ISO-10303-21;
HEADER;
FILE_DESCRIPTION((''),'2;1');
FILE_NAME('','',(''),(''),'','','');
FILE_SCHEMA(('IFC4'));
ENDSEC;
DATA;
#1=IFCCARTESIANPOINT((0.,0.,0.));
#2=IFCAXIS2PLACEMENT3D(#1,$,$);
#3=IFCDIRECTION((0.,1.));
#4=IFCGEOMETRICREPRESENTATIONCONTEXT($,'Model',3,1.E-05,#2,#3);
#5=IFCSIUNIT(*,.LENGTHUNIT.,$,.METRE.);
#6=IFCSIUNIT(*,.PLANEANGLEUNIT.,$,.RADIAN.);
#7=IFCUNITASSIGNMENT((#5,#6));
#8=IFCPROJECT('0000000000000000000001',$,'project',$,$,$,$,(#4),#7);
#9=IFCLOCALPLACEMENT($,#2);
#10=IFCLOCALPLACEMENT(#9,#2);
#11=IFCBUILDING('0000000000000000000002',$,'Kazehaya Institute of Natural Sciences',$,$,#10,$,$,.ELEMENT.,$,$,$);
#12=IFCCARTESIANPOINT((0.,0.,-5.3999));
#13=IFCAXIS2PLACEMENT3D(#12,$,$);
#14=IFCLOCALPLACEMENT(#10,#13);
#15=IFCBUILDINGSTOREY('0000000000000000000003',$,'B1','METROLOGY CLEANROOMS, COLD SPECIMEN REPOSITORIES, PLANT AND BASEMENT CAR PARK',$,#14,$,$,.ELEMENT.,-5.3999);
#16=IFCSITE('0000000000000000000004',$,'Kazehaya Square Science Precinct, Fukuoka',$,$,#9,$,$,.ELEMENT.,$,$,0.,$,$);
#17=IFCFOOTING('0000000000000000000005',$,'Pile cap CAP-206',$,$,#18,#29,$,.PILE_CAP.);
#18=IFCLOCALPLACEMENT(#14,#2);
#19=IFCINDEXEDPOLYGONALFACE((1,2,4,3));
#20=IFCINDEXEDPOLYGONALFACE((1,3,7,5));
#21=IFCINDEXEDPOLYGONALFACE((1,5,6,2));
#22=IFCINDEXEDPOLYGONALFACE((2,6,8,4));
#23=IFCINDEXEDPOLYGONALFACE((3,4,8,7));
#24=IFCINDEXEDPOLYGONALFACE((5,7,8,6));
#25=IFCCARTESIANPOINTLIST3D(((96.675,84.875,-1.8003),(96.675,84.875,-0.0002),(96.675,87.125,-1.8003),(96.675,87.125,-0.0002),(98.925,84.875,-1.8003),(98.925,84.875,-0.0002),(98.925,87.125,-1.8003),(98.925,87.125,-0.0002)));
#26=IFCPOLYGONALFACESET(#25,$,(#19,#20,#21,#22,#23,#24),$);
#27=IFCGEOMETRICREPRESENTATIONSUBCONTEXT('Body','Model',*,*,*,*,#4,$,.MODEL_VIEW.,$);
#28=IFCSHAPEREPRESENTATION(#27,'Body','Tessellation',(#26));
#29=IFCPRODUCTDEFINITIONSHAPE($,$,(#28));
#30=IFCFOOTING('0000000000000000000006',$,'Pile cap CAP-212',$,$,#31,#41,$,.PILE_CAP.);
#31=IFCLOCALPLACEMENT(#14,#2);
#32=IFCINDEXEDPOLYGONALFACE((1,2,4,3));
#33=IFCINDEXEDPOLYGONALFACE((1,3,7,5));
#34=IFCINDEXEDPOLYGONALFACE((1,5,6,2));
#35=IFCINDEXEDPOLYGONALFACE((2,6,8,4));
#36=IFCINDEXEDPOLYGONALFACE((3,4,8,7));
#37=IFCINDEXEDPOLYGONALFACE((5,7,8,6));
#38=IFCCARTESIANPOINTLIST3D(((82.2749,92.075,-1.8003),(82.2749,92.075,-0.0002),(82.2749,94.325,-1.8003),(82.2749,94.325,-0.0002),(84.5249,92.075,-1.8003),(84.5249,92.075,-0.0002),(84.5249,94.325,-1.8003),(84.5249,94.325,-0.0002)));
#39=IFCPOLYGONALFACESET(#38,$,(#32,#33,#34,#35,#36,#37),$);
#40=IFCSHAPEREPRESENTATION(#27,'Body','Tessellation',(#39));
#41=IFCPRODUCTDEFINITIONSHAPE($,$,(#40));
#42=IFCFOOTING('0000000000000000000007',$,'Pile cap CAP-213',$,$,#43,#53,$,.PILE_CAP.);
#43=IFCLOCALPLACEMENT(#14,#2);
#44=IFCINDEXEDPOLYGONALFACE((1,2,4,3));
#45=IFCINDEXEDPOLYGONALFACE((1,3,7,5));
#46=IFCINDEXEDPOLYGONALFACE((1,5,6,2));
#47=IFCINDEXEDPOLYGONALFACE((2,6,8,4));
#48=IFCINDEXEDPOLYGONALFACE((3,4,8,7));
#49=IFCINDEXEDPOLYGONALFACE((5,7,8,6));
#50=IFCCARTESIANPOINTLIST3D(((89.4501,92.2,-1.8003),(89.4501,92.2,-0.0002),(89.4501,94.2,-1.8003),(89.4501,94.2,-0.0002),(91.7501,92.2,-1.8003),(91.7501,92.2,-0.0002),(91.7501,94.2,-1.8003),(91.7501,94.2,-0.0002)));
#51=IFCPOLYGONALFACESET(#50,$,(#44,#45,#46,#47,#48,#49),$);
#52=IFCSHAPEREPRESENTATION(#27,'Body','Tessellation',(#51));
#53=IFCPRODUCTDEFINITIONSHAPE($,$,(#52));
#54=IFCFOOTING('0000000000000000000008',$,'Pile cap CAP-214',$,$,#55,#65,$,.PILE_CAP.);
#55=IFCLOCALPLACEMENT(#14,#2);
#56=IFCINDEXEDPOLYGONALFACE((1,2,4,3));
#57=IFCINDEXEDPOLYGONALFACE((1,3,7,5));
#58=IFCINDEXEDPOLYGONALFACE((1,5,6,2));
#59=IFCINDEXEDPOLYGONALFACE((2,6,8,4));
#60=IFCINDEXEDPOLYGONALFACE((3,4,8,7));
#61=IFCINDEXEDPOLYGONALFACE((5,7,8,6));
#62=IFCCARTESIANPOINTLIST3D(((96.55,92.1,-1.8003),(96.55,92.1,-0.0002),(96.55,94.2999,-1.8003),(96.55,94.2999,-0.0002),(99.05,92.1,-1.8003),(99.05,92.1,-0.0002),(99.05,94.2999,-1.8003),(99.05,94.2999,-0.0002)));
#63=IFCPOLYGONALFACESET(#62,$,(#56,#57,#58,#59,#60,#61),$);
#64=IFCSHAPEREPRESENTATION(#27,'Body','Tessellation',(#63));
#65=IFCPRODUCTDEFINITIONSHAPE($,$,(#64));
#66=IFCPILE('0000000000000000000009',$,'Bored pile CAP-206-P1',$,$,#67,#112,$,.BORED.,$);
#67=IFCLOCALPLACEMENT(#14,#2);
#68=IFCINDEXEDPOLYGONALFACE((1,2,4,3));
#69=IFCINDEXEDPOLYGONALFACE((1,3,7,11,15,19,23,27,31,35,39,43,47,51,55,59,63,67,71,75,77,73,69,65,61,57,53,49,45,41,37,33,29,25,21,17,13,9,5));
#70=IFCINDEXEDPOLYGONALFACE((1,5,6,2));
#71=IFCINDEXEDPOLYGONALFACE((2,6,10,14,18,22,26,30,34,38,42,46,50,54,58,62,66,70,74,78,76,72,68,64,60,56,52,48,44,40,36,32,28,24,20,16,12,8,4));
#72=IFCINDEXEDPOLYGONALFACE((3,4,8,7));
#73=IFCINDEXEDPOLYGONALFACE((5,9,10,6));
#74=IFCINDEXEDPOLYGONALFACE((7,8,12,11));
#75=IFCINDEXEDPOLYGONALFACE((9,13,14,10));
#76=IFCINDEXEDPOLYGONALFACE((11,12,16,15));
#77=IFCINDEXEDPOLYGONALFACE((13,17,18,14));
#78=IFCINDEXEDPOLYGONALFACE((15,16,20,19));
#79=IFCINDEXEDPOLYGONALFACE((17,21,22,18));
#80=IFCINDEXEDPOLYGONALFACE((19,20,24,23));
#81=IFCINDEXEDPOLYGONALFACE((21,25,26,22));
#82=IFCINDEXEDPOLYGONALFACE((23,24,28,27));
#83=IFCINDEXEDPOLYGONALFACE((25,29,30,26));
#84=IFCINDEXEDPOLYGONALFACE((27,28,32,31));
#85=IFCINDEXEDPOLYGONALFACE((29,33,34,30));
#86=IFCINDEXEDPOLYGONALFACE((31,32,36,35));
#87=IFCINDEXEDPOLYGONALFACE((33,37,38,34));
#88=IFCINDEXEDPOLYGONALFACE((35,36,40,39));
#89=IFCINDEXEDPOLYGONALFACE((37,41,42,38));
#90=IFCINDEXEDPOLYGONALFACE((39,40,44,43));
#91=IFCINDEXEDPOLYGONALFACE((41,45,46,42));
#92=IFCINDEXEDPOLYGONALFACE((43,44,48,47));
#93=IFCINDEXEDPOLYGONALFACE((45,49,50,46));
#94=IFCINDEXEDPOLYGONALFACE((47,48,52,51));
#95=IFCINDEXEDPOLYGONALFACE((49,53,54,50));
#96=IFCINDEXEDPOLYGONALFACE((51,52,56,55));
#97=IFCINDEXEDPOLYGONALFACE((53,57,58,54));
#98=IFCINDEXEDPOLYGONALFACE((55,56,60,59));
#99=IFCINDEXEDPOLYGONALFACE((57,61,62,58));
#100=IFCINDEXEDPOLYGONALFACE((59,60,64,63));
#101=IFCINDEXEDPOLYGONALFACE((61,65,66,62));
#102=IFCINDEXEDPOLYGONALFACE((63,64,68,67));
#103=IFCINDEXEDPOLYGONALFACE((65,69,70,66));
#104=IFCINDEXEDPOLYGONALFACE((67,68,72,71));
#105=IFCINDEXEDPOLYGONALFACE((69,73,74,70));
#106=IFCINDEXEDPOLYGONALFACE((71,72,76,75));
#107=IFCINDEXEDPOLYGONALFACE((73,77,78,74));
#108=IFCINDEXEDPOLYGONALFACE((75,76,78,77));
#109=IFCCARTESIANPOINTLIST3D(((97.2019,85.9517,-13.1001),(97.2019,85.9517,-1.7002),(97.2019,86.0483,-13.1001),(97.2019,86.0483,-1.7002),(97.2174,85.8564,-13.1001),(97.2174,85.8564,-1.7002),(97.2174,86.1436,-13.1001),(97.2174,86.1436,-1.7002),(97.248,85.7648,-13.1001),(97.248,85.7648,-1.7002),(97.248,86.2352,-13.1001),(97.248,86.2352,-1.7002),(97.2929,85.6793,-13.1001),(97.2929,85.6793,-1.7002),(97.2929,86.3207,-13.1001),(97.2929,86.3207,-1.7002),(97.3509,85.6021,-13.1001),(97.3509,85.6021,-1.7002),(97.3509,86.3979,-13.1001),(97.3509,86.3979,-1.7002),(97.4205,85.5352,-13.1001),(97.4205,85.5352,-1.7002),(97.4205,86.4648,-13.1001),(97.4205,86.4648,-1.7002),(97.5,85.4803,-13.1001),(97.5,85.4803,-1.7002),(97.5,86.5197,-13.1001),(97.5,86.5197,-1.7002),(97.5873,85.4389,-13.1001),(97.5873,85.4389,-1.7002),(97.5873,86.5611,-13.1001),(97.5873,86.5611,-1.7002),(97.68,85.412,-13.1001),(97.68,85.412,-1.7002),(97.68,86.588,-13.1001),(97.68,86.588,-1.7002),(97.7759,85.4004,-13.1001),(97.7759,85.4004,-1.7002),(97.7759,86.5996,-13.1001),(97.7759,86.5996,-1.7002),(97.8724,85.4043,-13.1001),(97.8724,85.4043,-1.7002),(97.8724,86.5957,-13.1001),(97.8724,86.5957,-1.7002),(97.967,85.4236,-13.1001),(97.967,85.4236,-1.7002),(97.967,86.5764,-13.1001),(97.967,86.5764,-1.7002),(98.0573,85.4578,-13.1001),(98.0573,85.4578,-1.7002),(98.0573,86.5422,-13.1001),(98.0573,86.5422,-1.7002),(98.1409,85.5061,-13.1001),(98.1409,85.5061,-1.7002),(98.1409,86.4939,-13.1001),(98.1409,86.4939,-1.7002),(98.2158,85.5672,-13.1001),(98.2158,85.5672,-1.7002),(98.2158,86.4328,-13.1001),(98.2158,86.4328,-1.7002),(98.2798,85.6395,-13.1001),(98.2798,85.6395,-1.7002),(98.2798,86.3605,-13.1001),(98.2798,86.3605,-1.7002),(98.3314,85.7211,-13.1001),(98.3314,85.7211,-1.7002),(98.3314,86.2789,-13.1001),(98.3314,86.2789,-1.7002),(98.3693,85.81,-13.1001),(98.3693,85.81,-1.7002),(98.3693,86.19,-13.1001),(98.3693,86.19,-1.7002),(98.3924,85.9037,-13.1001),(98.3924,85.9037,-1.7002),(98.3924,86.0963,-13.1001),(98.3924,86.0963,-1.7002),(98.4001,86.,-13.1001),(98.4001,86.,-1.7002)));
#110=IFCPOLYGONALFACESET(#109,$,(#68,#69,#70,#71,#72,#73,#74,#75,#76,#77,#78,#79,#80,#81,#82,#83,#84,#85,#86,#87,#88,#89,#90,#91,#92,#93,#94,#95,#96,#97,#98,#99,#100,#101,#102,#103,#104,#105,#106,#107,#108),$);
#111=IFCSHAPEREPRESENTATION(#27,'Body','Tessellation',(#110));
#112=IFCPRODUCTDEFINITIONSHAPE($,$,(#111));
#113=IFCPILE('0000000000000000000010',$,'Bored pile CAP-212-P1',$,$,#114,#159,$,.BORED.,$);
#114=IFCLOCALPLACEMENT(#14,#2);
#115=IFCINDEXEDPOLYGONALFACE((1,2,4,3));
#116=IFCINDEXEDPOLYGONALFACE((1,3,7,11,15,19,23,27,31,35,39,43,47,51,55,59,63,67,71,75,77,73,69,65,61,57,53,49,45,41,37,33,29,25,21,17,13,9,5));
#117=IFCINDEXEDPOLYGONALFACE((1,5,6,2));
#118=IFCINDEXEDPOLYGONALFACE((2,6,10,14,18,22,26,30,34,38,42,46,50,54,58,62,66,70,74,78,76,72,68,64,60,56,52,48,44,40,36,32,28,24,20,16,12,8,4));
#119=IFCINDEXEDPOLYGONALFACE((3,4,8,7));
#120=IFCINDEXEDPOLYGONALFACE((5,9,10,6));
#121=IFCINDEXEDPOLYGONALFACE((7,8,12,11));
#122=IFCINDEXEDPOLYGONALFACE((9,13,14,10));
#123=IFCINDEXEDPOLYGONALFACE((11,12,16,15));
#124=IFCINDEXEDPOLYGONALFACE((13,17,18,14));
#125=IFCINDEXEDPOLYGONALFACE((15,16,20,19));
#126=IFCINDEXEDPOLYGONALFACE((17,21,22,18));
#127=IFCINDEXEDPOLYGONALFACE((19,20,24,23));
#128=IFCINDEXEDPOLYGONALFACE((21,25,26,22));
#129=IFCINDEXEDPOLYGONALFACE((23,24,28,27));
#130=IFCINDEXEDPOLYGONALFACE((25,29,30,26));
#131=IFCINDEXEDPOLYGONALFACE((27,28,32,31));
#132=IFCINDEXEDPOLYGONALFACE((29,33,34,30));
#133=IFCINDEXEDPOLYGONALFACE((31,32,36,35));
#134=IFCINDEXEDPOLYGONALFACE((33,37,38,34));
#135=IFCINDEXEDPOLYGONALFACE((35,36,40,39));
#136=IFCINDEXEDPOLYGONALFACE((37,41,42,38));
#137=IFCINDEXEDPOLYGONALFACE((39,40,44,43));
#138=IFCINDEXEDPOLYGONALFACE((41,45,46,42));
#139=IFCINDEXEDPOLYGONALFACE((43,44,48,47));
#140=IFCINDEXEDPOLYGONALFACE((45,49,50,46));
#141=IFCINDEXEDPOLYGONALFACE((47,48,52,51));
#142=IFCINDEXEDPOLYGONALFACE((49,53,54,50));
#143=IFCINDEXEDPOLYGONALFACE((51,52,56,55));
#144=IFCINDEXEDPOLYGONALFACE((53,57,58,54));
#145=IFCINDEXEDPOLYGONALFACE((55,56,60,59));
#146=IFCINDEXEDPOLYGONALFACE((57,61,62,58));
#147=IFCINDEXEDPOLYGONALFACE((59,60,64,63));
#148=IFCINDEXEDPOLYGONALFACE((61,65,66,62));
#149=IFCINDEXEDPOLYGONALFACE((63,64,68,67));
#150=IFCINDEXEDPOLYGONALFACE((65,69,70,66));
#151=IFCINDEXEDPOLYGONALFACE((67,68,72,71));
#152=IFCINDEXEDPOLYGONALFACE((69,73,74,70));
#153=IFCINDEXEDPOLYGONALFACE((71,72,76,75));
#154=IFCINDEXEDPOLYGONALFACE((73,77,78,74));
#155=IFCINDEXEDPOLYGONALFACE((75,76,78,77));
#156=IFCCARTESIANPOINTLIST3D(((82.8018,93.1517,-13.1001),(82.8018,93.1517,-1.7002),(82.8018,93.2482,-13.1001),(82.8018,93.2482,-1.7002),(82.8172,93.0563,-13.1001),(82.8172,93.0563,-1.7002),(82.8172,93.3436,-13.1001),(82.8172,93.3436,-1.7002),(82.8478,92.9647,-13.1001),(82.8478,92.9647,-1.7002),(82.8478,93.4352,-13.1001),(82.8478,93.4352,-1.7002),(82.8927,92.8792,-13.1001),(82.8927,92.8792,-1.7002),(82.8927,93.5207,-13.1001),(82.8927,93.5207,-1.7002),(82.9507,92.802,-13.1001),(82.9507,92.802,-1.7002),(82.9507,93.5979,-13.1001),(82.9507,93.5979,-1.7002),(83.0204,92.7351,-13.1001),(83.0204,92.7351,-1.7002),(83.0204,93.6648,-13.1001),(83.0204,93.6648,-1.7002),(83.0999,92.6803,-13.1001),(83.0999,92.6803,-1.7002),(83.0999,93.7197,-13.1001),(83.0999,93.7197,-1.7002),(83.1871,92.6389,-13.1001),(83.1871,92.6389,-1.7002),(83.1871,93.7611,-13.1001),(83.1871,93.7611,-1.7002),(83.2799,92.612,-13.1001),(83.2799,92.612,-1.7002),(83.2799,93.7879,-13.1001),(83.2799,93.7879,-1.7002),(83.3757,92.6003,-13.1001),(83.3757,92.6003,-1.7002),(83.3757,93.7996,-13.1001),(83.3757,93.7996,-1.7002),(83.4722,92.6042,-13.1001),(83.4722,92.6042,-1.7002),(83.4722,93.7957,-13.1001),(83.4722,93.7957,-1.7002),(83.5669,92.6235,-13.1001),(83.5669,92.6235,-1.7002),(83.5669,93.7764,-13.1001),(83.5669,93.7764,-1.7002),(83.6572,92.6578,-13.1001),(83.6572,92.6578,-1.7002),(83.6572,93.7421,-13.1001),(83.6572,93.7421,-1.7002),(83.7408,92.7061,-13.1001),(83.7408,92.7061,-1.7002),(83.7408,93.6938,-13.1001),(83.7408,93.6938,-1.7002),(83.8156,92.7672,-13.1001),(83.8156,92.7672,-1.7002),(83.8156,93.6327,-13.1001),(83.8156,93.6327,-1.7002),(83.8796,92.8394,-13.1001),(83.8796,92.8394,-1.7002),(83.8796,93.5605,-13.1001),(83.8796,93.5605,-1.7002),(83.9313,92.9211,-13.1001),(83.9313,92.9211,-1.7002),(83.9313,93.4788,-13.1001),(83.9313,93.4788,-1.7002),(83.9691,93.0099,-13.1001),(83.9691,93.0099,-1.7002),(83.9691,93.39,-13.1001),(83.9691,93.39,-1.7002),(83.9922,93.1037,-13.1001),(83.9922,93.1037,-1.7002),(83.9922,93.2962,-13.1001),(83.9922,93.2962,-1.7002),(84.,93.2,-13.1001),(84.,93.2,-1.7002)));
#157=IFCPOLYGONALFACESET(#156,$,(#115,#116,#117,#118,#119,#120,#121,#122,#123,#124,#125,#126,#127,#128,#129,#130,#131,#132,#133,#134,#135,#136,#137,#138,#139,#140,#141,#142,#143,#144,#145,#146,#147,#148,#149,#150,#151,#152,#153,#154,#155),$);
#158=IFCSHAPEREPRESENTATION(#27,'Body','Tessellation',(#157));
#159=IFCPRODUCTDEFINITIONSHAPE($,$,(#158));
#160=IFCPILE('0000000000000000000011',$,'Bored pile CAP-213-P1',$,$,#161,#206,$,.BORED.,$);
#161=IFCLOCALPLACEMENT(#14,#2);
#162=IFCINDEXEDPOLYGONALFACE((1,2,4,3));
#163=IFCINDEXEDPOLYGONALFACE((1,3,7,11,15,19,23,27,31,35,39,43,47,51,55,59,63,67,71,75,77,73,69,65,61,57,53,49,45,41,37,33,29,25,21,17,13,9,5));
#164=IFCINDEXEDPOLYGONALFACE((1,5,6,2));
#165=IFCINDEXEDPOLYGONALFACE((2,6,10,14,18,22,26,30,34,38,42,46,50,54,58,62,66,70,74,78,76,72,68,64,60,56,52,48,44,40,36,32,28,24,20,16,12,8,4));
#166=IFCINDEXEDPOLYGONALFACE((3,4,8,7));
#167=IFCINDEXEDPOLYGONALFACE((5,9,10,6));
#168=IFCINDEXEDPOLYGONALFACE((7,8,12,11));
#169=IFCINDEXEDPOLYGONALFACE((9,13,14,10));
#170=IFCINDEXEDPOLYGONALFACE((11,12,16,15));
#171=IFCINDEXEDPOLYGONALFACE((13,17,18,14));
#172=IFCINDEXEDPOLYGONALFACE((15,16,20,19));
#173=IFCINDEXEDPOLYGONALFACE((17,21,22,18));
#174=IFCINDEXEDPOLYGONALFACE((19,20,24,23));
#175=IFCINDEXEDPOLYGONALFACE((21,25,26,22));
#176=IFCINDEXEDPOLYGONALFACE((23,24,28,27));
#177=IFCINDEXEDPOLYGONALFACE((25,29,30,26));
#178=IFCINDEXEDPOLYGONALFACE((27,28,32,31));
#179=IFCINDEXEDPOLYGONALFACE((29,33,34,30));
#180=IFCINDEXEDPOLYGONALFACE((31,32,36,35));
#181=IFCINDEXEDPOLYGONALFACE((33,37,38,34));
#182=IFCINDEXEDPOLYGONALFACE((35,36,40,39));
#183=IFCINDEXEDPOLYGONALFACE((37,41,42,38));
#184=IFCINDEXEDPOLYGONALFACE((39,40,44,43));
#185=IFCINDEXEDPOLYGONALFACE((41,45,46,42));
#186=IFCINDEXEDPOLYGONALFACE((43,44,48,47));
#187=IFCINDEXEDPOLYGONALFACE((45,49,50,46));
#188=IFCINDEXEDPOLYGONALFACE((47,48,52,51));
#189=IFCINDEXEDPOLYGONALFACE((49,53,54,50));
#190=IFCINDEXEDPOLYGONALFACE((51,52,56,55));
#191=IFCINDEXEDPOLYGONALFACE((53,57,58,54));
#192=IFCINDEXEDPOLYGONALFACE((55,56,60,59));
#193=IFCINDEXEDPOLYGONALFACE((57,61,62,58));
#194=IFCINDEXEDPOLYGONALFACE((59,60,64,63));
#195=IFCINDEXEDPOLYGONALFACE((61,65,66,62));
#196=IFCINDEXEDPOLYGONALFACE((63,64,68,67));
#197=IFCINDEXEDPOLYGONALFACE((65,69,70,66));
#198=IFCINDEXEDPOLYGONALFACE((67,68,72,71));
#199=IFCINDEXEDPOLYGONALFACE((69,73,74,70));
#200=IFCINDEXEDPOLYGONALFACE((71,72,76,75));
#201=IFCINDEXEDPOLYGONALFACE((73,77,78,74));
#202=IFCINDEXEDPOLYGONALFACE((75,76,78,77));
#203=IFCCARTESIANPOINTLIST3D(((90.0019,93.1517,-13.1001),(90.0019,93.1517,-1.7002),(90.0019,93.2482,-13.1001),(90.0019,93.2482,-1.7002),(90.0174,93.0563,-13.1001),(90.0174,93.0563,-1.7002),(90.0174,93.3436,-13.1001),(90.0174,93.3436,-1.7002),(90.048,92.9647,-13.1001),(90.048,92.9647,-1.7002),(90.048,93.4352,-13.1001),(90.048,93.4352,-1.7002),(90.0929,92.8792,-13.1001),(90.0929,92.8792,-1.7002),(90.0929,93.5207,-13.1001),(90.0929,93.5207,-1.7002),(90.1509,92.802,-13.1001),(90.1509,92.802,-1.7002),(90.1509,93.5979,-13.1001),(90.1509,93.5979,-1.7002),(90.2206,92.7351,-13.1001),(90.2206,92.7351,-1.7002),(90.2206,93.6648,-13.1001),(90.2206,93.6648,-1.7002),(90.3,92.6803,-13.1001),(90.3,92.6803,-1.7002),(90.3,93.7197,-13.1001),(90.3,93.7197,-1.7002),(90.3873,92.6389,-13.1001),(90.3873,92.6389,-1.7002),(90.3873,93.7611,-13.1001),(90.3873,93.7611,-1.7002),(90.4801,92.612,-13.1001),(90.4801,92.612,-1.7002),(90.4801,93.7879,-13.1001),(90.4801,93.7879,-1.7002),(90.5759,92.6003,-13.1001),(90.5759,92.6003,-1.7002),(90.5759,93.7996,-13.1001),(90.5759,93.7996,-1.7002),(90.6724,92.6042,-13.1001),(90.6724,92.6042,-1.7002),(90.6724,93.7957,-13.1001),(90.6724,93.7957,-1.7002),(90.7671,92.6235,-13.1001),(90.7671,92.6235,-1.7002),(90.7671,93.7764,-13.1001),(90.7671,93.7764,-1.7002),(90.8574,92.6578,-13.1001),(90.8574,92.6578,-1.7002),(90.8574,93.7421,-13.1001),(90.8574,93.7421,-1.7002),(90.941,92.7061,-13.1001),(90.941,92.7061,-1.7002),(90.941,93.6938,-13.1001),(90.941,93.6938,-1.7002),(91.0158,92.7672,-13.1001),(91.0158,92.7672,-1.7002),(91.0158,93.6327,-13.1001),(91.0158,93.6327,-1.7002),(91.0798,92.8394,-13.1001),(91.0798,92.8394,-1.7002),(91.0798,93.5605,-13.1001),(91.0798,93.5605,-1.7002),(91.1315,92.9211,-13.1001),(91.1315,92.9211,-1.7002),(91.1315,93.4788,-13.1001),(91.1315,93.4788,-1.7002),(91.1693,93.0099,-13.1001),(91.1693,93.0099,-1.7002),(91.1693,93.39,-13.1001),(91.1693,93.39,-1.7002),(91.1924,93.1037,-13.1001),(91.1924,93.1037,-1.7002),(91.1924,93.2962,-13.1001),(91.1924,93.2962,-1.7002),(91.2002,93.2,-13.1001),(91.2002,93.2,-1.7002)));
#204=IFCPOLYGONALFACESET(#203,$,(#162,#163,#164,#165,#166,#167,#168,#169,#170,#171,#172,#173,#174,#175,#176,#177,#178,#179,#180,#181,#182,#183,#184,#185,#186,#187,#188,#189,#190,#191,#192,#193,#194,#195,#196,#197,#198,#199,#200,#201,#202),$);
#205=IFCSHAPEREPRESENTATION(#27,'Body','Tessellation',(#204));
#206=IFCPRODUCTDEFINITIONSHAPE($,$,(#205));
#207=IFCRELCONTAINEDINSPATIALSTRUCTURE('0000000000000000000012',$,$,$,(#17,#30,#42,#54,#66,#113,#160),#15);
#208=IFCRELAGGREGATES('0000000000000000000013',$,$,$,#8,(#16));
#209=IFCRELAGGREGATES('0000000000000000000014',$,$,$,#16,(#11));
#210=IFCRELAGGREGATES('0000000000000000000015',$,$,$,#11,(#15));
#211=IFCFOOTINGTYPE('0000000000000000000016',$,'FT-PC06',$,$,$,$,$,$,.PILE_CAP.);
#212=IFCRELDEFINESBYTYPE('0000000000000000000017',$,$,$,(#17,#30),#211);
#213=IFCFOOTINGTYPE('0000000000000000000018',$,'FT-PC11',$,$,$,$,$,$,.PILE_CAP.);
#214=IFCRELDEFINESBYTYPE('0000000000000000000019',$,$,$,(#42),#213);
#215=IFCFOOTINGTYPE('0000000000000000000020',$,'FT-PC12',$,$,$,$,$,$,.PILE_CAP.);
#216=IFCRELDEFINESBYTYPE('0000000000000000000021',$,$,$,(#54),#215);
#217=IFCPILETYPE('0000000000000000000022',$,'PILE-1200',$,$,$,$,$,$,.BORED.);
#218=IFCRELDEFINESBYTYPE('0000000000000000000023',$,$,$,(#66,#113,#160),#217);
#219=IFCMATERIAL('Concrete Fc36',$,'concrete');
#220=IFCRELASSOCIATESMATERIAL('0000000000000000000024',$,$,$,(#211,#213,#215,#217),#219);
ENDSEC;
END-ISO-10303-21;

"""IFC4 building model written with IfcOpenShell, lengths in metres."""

from ifc_helpers import new_model, si_unit, direction, frame, origin, origin_2d, place, context, subcontext, project, spatial, rectangle, circle, extrude, material, material_profile, profile_set, type_object, element, save


model = new_model("IFC4")

# Units and contexts
model_context = context("Model", 3, precision=1e-05, world=origin(), true_north=direction((0.0, 1.0)))
body_context = subcontext(model_context, "Body", "Model", "MODEL_VIEW")
ifc_project = project(units=[si_unit("LENGTHUNIT", "METRE"), si_unit("PLANEANGLEUNIT", "RADIAN")], contexts=[model_context])

# Site, building, storey
site_placement = place(None, origin())
site = spatial("IfcSite", under=ifc_project, at=site_placement, Name="Kazehaya Square Science Precinct, Fukuoka", CompositionType="ELEMENT", RefElevation=0.0)
building_placement = place(site_placement, origin())
building = spatial("IfcBuilding", under=site, at=building_placement, Name="Kazehaya Institute of Natural Sciences", CompositionType="ELEMENT")
storey_placement = place(building_placement, frame((0.0, 0.0, -5.3999)))
storey = spatial("IfcBuildingStorey", under=building, at=storey_placement, Name="B1", Description="METROLOGY CLEANROOMS, COLD SPECIMEN REPOSITORIES, PLANT AND BASEMENT CAR PARK", CompositionType="ELEMENT", Elevation=-5.3999)

# Footings
ifc_material_1 = material(Name="Concrete Fc36", Category="concrete")
footing_type_1 = type_object("IfcFootingType", Name="FT-PC06", PredefinedType="PILE_CAP", material=ifc_material_1)
for number, where, z_axis, x_axis, name in (
    (1, (97.8, 86.0, -1.8003), (0.0, 0.0, 1.0), (1.0, 0.0, 0.0), "Pile cap CAP-206"),
    (2, (83.3999, 93.2, -1.8003), (0.0, 0.0, 1.0), (1.0, 0.0, 0.0), "Pile cap CAP-212"),
):
    element("IfcFooting", number, at=place(storey_placement, frame(where, z_axis=z_axis, x_axis=x_axis)), inside=storey, type_object=footing_type_1, Name=name, PredefinedType="PILE_CAP", context=body_context, shape_type="SweptSolid", body=[
        extrude(rectangle(XDim=2.25, YDim=2.25, at=origin_2d()), origin(), (0.0, 0.0, 1.0), 1.8),
    ])
footing_type_2 = type_object("IfcFootingType", Name="FT-PC11", PredefinedType="PILE_CAP", material=ifc_material_1)
footing_1_placement = place(storey_placement, frame((90.6001, 93.2, -1.8003), z_axis=(0.0, 0.0, 1.0), x_axis=(1.0, 0.0, 0.0)))
element("IfcFooting", 3, at=footing_1_placement, inside=storey, type_object=footing_type_2, Name="Pile cap CAP-213", PredefinedType="PILE_CAP", context=body_context, shape_type="SweptSolid", body=[
    extrude(rectangle(XDim=2.3, YDim=2.0, at=origin_2d()), origin(), (0.0, 0.0, 1.0), 1.8),
])
footing_type_3 = type_object("IfcFootingType", Name="FT-PC12", PredefinedType="PILE_CAP", material=ifc_material_1)
footing_2_placement = place(storey_placement, frame((97.8, 93.2, -1.8003), z_axis=(0.0, 0.0, 1.0), x_axis=(1.0, 0.0, 0.0)))
element("IfcFooting", 4, at=footing_2_placement, inside=storey, type_object=footing_type_3, Name="Pile cap CAP-214", PredefinedType="PILE_CAP", context=body_context, shape_type="SweptSolid", body=[
    extrude(rectangle(XDim=2.5, YDim=2.2, at=origin_2d()), origin(), (0.0, 0.0, 1.0), 1.8),
])

# Piles
ifc_material_profile_1 = material_profile(ifc_material_1, circle(Radius=0.6001, at=origin_2d()), Name="PILE-1200")
ifc_profile_set_1 = profile_set([ifc_material_profile_1], Name="Concrete Fc36")
pile_type_1 = type_object("IfcPileType", Name="PILE-1200", PredefinedType="BORED", material=ifc_profile_set_1)
for number, where, z_axis, x_axis, name in (
    (5, (97.8, 86.0, -1.7002), (0.0, 0.0, -1.0), (1.0, 0.0, 0.0), "Bored pile CAP-206-P1"),
    (6, (83.3999, 93.2, -1.7002), (0.0, 0.0, -1.0), (1.0, 0.0, 0.0), "Bored pile CAP-212-P1"),
    (7, (90.6001, 93.2, -1.7002), (0.0, 0.0, -1.0), (1.0, 0.0, 0.0), "Bored pile CAP-213-P1"),
):
    element("IfcPile", number, at=place(storey_placement, frame(where, z_axis=z_axis, x_axis=x_axis)), inside=storey, type_object=pile_type_1, Name=name, PredefinedType="BORED", context=body_context, shape_type="SweptSolid", body=[
        extrude(circle(Radius=0.6001, at=origin_2d()), origin(), (0.0, 0.0, 1.0), 11.3999),
    ])

save(model, "model.ifc")
